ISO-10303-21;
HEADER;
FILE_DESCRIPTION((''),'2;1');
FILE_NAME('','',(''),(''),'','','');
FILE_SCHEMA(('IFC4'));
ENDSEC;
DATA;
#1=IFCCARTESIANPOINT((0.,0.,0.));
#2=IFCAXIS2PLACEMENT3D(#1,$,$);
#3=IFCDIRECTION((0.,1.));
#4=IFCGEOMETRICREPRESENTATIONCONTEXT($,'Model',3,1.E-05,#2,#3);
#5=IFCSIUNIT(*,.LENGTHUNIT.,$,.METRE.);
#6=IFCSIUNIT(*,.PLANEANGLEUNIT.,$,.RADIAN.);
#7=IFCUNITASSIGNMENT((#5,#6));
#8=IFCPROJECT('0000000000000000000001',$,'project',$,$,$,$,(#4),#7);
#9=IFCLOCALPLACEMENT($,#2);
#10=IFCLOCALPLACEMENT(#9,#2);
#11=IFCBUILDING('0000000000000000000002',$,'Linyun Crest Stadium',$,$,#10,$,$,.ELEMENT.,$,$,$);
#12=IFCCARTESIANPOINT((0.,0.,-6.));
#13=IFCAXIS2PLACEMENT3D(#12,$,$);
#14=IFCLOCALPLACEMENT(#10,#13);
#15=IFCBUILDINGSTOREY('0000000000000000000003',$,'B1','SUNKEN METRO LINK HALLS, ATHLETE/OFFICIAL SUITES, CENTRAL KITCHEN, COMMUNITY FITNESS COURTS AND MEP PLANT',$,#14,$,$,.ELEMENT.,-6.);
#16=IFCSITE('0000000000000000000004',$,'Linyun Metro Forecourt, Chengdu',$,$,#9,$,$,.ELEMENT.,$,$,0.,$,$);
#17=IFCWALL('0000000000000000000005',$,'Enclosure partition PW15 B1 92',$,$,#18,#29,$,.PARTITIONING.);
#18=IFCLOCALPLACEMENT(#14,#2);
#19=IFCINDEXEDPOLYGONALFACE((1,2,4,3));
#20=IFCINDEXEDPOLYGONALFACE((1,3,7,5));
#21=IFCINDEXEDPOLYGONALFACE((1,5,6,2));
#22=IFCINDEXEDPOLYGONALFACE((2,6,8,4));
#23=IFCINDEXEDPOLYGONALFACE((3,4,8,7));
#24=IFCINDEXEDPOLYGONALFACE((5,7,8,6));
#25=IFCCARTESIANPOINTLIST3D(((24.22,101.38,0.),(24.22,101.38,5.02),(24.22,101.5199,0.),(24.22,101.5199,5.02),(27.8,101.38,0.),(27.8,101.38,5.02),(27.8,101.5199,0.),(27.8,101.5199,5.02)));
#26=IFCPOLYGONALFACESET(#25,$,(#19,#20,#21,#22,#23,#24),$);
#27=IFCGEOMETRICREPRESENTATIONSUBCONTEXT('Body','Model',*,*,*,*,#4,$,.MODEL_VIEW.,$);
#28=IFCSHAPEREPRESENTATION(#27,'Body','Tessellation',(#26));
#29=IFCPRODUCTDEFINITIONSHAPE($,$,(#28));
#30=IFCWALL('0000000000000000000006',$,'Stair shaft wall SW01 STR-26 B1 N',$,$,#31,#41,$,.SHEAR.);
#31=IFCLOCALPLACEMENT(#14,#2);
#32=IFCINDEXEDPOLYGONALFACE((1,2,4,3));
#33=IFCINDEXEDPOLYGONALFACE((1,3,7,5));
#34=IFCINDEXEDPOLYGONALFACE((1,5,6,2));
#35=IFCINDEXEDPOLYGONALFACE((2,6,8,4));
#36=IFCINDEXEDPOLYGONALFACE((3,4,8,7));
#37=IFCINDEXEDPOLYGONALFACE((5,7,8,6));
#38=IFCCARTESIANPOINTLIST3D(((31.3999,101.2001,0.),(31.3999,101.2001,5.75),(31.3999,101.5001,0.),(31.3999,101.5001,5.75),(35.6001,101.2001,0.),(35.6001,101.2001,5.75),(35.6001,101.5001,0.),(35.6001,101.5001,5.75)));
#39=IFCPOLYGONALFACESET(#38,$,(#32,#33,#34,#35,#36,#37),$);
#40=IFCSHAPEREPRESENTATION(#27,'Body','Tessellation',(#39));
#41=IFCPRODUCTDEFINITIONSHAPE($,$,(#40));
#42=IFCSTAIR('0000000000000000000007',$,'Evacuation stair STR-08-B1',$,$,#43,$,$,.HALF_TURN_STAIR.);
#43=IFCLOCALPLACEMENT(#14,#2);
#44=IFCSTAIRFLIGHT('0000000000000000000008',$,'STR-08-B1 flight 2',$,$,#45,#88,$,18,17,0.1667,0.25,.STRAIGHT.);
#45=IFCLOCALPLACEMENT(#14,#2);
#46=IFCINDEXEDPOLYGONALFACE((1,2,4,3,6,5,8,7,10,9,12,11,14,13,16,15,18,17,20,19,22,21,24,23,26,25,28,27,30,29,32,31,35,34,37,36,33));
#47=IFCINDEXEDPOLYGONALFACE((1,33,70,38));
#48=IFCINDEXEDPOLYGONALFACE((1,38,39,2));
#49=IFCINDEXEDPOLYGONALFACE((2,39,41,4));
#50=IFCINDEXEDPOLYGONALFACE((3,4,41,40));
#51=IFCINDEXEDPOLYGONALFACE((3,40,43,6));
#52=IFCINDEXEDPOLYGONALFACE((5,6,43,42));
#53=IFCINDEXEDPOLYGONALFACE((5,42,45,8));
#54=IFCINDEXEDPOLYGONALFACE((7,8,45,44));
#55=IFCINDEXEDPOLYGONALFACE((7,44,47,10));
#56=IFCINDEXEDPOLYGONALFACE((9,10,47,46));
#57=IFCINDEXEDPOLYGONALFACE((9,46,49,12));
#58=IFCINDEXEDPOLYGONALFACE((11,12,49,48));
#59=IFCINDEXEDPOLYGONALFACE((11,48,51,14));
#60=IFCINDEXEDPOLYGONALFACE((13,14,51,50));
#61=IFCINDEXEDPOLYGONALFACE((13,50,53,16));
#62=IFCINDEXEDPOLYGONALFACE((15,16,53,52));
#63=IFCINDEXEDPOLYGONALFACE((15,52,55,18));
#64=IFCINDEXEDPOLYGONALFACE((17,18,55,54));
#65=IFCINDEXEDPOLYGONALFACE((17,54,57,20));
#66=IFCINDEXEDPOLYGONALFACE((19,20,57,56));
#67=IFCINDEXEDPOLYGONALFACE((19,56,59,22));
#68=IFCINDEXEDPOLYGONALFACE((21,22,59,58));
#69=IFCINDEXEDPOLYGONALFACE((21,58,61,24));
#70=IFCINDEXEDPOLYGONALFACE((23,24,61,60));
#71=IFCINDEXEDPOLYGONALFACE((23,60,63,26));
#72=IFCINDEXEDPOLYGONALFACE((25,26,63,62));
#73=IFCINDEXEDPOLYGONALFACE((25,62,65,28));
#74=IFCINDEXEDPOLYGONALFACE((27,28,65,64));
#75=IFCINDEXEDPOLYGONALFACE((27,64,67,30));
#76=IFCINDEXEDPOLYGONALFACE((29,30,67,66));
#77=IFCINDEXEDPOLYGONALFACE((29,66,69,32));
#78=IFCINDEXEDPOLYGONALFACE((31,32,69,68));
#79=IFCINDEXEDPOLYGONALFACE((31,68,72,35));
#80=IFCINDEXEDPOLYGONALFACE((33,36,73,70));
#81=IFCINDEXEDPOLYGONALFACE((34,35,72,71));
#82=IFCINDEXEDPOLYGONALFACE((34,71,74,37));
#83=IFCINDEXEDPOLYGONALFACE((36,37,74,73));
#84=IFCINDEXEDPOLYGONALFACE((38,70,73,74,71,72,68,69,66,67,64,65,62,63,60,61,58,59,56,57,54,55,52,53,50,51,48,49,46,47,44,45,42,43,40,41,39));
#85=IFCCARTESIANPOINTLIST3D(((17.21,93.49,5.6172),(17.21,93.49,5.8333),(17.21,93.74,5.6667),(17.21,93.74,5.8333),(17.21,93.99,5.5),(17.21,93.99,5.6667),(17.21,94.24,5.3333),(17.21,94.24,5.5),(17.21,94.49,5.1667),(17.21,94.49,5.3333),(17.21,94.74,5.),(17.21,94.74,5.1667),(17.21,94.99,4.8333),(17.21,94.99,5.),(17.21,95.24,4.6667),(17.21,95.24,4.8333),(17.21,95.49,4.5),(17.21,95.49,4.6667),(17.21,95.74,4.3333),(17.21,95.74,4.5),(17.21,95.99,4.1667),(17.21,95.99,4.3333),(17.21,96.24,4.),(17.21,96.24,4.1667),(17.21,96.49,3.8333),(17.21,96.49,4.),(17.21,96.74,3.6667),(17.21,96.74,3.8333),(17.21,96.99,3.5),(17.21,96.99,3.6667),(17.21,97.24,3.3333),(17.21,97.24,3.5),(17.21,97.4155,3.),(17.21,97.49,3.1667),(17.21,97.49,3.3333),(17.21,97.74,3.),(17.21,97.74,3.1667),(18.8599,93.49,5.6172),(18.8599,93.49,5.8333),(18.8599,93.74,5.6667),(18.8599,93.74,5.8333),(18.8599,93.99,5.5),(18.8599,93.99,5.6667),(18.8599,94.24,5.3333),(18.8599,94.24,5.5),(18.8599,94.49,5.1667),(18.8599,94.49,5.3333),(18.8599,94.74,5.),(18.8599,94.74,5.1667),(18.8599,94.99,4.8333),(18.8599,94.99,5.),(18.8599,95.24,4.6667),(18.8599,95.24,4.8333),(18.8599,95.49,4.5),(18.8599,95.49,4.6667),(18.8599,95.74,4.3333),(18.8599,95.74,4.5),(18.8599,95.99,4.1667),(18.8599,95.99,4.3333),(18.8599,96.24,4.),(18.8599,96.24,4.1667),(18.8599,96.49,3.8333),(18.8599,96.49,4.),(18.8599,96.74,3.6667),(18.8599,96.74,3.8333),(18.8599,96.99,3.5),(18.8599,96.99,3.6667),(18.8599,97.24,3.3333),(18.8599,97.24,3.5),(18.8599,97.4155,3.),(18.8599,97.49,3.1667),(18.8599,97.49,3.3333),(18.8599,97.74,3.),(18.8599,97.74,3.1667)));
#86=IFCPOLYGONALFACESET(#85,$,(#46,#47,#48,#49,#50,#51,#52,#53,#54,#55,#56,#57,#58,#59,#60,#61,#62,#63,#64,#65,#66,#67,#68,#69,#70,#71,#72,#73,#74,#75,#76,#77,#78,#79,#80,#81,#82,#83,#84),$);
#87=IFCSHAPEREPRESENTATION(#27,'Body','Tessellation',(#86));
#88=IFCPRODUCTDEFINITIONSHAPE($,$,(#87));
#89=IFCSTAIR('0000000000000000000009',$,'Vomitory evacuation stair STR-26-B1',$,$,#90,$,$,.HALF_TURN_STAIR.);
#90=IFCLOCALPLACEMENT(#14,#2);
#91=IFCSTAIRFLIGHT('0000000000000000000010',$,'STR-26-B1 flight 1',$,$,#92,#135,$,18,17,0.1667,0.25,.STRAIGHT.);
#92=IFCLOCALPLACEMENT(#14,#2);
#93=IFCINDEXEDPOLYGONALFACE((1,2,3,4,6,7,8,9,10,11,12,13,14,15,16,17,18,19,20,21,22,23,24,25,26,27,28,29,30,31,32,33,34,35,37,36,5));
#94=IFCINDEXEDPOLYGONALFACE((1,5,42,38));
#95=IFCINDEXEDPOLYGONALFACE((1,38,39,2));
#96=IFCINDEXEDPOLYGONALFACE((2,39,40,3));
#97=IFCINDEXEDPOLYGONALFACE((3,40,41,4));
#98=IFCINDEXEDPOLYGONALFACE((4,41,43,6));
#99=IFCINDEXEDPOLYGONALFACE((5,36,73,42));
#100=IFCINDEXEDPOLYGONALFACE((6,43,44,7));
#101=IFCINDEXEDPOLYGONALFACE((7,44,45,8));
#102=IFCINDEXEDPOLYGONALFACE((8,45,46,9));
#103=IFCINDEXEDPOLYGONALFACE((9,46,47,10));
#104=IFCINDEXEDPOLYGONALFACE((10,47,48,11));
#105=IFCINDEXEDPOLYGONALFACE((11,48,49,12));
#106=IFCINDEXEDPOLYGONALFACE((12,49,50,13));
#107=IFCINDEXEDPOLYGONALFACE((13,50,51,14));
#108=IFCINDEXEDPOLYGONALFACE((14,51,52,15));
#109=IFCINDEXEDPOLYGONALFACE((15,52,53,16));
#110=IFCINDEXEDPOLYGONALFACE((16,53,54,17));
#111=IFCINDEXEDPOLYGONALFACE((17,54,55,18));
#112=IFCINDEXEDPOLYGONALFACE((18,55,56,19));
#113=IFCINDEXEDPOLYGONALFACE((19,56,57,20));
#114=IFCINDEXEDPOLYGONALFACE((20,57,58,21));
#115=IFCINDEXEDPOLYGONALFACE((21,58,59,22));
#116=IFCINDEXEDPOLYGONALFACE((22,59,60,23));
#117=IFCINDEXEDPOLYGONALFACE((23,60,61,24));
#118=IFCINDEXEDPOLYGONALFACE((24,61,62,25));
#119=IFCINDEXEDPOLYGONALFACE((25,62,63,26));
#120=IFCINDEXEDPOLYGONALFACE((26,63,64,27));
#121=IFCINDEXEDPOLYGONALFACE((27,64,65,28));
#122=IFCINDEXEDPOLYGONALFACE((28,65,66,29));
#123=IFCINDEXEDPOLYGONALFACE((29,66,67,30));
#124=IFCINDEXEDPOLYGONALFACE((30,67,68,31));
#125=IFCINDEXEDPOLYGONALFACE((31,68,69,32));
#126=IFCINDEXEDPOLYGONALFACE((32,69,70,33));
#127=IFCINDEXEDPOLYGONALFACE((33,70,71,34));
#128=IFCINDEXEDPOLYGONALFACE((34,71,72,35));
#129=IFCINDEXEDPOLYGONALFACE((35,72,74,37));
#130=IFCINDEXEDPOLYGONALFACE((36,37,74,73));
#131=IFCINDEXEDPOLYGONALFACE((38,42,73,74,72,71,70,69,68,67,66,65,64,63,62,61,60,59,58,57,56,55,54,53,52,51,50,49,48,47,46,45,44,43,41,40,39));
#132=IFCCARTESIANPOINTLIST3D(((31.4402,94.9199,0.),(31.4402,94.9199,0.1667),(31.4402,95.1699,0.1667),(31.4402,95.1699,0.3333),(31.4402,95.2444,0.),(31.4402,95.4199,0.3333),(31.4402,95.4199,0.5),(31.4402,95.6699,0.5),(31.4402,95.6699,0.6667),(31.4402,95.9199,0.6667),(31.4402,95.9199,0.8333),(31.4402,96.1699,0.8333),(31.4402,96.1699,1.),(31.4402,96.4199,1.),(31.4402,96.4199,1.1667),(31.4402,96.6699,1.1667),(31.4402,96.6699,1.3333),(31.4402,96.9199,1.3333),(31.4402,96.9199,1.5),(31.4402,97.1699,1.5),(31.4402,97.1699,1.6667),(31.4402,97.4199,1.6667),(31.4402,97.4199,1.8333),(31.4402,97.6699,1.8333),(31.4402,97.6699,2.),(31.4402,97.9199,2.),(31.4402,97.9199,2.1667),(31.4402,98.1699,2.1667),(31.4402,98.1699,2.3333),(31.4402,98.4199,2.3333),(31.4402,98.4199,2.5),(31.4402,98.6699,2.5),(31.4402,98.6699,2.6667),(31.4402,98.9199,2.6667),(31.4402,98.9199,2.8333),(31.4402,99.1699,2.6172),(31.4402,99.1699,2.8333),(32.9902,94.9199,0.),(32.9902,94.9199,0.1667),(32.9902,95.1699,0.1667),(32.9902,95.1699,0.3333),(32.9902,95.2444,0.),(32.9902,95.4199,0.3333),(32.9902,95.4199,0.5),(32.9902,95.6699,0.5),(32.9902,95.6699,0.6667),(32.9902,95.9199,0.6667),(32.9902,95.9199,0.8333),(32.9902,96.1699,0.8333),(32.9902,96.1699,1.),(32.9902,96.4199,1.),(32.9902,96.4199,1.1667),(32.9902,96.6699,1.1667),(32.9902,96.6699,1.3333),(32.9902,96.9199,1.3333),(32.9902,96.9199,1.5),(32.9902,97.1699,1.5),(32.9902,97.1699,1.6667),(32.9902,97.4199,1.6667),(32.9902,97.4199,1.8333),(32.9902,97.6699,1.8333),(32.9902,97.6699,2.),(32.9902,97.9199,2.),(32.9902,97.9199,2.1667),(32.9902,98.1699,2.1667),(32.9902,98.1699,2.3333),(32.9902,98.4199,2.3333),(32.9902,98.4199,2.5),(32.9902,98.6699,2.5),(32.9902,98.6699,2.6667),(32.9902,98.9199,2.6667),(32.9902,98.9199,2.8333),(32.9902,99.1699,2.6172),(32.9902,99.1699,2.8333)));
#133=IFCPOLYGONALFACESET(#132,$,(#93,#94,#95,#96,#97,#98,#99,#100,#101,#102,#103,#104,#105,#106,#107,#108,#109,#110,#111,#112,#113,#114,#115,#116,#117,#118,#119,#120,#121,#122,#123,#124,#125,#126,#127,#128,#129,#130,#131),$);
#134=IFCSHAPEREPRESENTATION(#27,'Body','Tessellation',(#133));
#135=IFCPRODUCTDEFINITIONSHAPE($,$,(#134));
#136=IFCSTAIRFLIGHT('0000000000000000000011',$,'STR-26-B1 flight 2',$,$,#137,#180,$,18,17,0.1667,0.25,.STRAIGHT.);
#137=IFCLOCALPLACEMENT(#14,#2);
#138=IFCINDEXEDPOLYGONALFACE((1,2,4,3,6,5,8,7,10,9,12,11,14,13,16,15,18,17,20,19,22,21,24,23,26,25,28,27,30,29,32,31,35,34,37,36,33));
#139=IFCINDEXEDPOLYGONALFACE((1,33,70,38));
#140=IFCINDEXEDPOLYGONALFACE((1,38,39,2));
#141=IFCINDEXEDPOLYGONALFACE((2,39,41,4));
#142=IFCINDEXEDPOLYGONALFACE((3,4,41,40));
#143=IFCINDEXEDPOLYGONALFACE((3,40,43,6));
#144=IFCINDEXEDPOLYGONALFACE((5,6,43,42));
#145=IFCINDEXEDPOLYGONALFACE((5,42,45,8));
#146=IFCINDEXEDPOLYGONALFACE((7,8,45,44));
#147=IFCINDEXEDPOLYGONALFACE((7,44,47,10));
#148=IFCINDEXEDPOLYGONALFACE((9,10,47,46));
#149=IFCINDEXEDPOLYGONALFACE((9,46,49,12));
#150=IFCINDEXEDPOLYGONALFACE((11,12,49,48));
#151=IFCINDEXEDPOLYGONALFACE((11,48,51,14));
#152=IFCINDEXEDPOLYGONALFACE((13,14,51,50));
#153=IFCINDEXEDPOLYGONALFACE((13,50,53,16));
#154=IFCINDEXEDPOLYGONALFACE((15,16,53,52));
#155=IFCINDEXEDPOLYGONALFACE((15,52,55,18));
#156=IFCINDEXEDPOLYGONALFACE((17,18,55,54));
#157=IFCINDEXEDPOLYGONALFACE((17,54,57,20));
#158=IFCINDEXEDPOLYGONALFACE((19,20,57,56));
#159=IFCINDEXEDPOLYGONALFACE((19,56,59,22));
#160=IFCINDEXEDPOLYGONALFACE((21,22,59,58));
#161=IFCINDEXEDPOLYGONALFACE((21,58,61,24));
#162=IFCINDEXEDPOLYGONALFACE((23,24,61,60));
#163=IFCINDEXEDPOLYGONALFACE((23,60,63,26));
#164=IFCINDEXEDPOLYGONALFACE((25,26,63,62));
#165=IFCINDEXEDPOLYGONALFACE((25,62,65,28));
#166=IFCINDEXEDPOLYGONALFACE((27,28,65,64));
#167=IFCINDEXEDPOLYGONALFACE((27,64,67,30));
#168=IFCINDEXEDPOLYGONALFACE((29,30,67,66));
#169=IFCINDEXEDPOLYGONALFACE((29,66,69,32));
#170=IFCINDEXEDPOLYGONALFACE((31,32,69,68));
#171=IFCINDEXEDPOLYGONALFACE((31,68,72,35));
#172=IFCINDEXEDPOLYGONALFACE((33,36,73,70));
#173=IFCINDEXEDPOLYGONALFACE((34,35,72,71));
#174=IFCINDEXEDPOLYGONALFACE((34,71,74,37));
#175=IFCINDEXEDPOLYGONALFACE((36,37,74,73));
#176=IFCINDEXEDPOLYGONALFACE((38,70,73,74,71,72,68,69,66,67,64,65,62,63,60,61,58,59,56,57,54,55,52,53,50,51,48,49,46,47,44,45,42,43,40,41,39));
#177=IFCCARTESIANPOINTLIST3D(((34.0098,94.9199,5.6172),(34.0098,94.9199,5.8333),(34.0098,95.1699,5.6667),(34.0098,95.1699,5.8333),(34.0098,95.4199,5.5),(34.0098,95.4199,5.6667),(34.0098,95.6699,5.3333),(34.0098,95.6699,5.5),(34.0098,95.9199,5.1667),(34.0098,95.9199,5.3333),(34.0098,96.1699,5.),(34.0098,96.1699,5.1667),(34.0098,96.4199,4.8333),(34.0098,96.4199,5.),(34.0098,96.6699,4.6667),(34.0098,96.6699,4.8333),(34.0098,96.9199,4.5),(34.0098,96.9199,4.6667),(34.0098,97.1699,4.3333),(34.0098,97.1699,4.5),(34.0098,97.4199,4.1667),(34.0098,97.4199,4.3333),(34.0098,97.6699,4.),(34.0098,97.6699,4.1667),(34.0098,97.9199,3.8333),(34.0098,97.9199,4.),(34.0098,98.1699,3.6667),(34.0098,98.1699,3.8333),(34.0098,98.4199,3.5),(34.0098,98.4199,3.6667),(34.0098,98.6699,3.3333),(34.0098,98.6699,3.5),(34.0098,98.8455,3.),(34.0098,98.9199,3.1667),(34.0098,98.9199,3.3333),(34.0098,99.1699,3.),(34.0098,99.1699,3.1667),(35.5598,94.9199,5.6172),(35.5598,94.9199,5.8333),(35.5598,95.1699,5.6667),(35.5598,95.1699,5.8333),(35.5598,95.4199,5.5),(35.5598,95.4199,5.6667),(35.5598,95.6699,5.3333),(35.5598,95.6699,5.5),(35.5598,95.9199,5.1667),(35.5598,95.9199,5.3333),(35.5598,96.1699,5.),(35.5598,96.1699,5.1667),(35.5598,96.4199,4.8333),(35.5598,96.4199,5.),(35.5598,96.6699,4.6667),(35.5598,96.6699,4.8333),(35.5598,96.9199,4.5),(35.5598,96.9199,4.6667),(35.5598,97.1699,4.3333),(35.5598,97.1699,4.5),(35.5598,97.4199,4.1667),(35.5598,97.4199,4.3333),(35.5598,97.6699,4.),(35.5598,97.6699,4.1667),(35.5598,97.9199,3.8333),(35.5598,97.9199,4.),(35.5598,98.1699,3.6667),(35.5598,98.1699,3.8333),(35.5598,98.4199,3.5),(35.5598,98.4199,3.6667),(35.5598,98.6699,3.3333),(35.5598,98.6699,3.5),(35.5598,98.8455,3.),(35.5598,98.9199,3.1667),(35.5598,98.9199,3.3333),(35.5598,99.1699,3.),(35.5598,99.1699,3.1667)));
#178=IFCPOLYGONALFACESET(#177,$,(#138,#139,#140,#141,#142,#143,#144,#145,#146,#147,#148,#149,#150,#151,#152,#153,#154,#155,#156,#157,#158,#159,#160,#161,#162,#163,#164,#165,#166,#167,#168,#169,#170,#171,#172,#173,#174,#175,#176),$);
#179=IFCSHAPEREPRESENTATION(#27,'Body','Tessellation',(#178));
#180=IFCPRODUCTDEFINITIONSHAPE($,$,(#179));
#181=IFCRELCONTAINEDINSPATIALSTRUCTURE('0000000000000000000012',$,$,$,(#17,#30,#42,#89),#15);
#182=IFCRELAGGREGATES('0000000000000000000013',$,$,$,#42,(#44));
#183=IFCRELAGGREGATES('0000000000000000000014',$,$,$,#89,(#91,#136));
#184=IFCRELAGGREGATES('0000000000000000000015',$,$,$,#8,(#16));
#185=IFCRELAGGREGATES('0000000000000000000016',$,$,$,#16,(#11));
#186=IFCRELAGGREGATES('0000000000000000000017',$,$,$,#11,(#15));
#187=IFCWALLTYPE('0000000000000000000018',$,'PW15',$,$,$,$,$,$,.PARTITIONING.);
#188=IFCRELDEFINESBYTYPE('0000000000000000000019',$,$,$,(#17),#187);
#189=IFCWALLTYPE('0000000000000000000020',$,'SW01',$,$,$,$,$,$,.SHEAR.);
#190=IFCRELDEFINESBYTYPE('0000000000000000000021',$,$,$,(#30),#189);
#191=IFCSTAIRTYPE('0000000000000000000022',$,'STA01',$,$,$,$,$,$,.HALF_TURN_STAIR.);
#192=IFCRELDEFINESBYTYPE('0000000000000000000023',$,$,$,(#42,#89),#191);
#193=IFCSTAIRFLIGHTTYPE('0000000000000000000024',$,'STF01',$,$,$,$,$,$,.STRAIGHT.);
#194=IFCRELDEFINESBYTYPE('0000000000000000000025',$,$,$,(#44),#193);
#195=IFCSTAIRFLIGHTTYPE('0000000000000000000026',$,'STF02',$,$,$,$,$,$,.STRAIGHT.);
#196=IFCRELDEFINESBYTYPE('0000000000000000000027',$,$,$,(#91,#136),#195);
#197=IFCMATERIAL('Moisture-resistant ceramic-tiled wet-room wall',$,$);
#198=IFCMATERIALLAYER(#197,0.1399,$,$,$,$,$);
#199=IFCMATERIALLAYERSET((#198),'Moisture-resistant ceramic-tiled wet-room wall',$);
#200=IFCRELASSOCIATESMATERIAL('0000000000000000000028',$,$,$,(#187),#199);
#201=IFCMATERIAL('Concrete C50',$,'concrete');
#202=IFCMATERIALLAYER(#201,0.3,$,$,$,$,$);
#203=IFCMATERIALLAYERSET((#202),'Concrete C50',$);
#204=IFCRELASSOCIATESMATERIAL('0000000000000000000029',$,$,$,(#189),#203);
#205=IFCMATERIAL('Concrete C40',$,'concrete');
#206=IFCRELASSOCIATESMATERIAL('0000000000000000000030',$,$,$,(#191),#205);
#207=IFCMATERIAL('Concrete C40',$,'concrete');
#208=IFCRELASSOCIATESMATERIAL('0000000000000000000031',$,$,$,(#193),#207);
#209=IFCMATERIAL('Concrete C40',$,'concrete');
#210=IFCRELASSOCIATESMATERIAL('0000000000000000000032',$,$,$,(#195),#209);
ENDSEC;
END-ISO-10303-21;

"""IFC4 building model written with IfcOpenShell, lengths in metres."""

from ifc_helpers import new_model, si_unit, direction, frame, frame_2d, origin, place, context, subcontext, project, spatial, polyline, rectangle, outline, extrude, material, layer, layer_set, type_object, element, aggregate, save


model = new_model("IFC4")

# Units and contexts
model_context = context("Model", 3, precision=1e-05, world=origin(), true_north=direction((0.0, 1.0)))
body_context = subcontext(model_context, "Body", "Model", "MODEL_VIEW")
ifc_project = project(units=[si_unit("LENGTHUNIT", "METRE"), si_unit("PLANEANGLEUNIT", "RADIAN")], contexts=[model_context])

# Site, building, storey
site_placement = place(None, origin())
site = spatial("IfcSite", under=ifc_project, at=site_placement, Name="Linyun Metro Forecourt, Chengdu", CompositionType="ELEMENT", RefElevation=0.0)
building_placement = place(site_placement, origin())
building = spatial("IfcBuilding", under=site, at=building_placement, Name="Linyun Crest Stadium", CompositionType="ELEMENT")
storey_placement = place(building_placement, frame((0.0, 0.0, -6.0)))
storey = spatial("IfcBuildingStorey", under=building, at=storey_placement, Name="B1", Description="SUNKEN METRO LINK HALLS, ATHLETE/OFFICIAL SUITES, CENTRAL KITCHEN, COMMUNITY FITNESS COURTS AND MEP PLANT", CompositionType="ELEMENT", Elevation=-6.0)

# Shared definitions
ifc_material_1 = material(Name="Moisture-resistant ceramic-tiled wet-room wall")
ifc_layer_1 = layer(ifc_material_1, 0.1399)
ifc_layer_set_1 = layer_set([ifc_layer_1], Name="Moisture-resistant ceramic-tiled wet-room wall")
wall_type_1 = type_object("IfcWallType", Name="PW15", PredefinedType="PARTITIONING", material=ifc_layer_set_1)

# Walls
wall_1_placement = place(storey_placement, frame((24.22, 101.45, 0.0), z_axis=(0.0, 0.0, 1.0), x_axis=(1.0, 0.0, 0.0)))
element("IfcWall", 1, at=wall_1_placement, inside=storey, type_object=wall_type_1, Name="Enclosure partition PW15 B1 92", PredefinedType="PARTITIONING", context=body_context, shape_type="SweptSolid", body=[
    extrude(rectangle(XDim=3.5801, YDim=0.1399, at=frame_2d((1.79, 0.0))), origin(), (0.0, 0.0, 1.0), 5.02),
])
ifc_material_2 = material(Name="Concrete C50", Category="concrete")
ifc_layer_2 = layer(ifc_material_2, 0.3)
ifc_layer_set_2 = layer_set([ifc_layer_2], Name="Concrete C50")
wall_type_2 = type_object("IfcWallType", Name="SW01", PredefinedType="SHEAR", material=ifc_layer_set_2)
wall_2_placement = place(storey_placement, frame((31.3999, 101.3501, 0.0), z_axis=(0.0, 0.0, 1.0), x_axis=(1.0, 0.0, 0.0)))
element("IfcWall", 2, at=wall_2_placement, inside=storey, type_object=wall_type_2, Name="Stair shaft wall SW01 STR-26 B1 N", PredefinedType="SHEAR", context=body_context, shape_type="SweptSolid", body=[
    extrude(rectangle(XDim=4.2002, YDim=0.3, at=frame_2d((2.1001, 0.0))), origin(), (0.0, 0.0, 1.0), 5.75),
])

# Stair, stair flight
ifc_material_3 = material(Name="Concrete C40", Category="concrete")
stair_type = type_object("IfcStairType", Name="STA01", PredefinedType="HALF_TURN_STAIR", material=ifc_material_3)
stair_1_placement = place(storey_placement, origin())
stair_1 = element("IfcStair", 3, at=stair_1_placement, inside=storey, type_object=stair_type, Name="Evacuation stair STR-08-B1", PredefinedType="HALF_TURN_STAIR")
ifc_material_4 = material(Name="Concrete C40", Category="concrete")
stair_flight_type_1 = type_object("IfcStairFlightType", Name="STF01", PredefinedType="STRAIGHT", material=ifc_material_4)
stair_flight_1_placement = place(storey_placement, frame((18.0349, 97.74, 3.0), z_axis=(0.0, 0.0, 1.0), x_axis=(0.0, -1.0, 0.0)))
stair_flight_1 = element("IfcStairFlight", 4, at=stair_flight_1_placement, type_object=stair_flight_type_1, Name="STR-08-B1 flight 2", NumberOfRisers=18, NumberOfTreads=17, PredefinedType="STRAIGHT", RiserHeight=0.1667, TreadLength=0.25, context=body_context, shape_type="SweptSolid", body=[
    extrude(outline(polyline([(0.0, 0.0), (0.0, 0.1667), (0.25, 0.1667), (0.25, 0.3333), (0.5, 0.3333), (0.5, 0.5), (0.75, 0.5), (0.75, 0.6667), (1.0, 0.6667), (1.0, 0.8333), (1.25, 0.8333), (1.25, 1.0), (1.5, 1.0), (1.5, 1.1667), (1.75, 1.1667), (1.75, 1.3333), (2.0, 1.3333), (2.0, 1.5), (2.25, 1.5), (2.25, 1.6667), (2.5, 1.6667), (2.5, 1.8333), (2.75, 1.8333), (2.75, 2.0), (3.0, 2.0), (3.0, 2.1667), (3.25, 2.1667), (3.25, 2.3333), (3.5, 2.3333), (3.5, 2.5), (3.75, 2.5), (3.75, 2.6667), (4.0, 2.6667), (4.0, 2.8333), (4.25, 2.8333), (4.25, 3.0), (4.25, 2.6172), (0.3245, 0.0), (0.0, 0.0)])), frame((0.0, 0.825, 0.0), z_axis=(0.0, -1.0, 0.0), x_axis=(1.0, 0.0, 0.0)), (0.0, 0.0, 1.0), 1.6499),
])
aggregate(stair_1, [stair_flight_1])

# Stair, stair flights
stair_2_placement = place(storey_placement, origin())
stair_2 = element("IfcStair", 5, at=stair_2_placement, inside=storey, type_object=stair_type, Name="Vomitory evacuation stair STR-26-B1", PredefinedType="HALF_TURN_STAIR")
ifc_material_5 = material(Name="Concrete C40", Category="concrete")
stair_flight_type_2 = type_object("IfcStairFlightType", Name="STF02", PredefinedType="STRAIGHT", material=ifc_material_5)
stair_flight_2_placement = place(storey_placement, frame((32.2151, 94.9199, 0.0), z_axis=(0.0, 0.0, 1.0), x_axis=(0.0, 1.0, 0.0)))
stair_flight_2 = element("IfcStairFlight", 6, at=stair_flight_2_placement, type_object=stair_flight_type_2, Name="STR-26-B1 flight 1", NumberOfRisers=18, NumberOfTreads=17, PredefinedType="STRAIGHT", RiserHeight=0.1667, TreadLength=0.25, context=body_context, shape_type="SweptSolid", body=[
    extrude(outline(polyline([(0.0, 0.0), (0.0, 0.1667), (0.25, 0.1667), (0.25, 0.3333), (0.5, 0.3333), (0.5, 0.5), (0.75, 0.5), (0.75, 0.6667), (1.0, 0.6667), (1.0, 0.8333), (1.25, 0.8333), (1.25, 1.0), (1.5, 1.0), (1.5, 1.1667), (1.75, 1.1667), (1.75, 1.3333), (2.0, 1.3333), (2.0, 1.5), (2.25, 1.5), (2.25, 1.6667), (2.5, 1.6667), (2.5, 1.8333), (2.75, 1.8333), (2.75, 2.0), (3.0, 2.0), (3.0, 2.1667), (3.25, 2.1667), (3.25, 2.3333), (3.5, 2.3333), (3.5, 2.5), (3.75, 2.5), (3.75, 2.6667), (4.0, 2.6667), (4.0, 2.8333), (4.25, 2.8333), (4.25, 3.0), (4.25, 2.6172), (0.3245, 0.0), (0.0, 0.0)])), frame((0.0, 0.7749, 0.0), z_axis=(0.0, -1.0, 0.0), x_axis=(1.0, 0.0, 0.0)), (0.0, 0.0, 1.0), 1.55),
])
stair_flight_3_placement = place(storey_placement, frame((34.7849, 99.1699, 3.0), z_axis=(0.0, 0.0, 1.0), x_axis=(0.0, -1.0, 0.0)))
stair_flight_3 = element("IfcStairFlight", 7, at=stair_flight_3_placement, type_object=stair_flight_type_2, Name="STR-26-B1 flight 2", NumberOfRisers=18, NumberOfTreads=17, PredefinedType="STRAIGHT", RiserHeight=0.1667, TreadLength=0.25, context=body_context, shape_type="SweptSolid", body=[
    extrude(outline(polyline([(0.0, 0.0), (0.0, 0.1667), (0.25, 0.1667), (0.25, 0.3333), (0.5, 0.3333), (0.5, 0.5), (0.75, 0.5), (0.75, 0.6667), (1.0, 0.6667), (1.0, 0.8333), (1.25, 0.8333), (1.25, 1.0), (1.5, 1.0), (1.5, 1.1667), (1.75, 1.1667), (1.75, 1.3333), (2.0, 1.3333), (2.0, 1.5), (2.25, 1.5), (2.25, 1.6667), (2.5, 1.6667), (2.5, 1.8333), (2.75, 1.8333), (2.75, 2.0), (3.0, 2.0), (3.0, 2.1667), (3.25, 2.1667), (3.25, 2.3333), (3.5, 2.3333), (3.5, 2.5), (3.75, 2.5), (3.75, 2.6667), (4.0, 2.6667), (4.0, 2.8333), (4.25, 2.8333), (4.25, 3.0), (4.25, 2.6172), (0.3245, 0.0), (0.0, 0.0)])), frame((0.0, 0.7749, 0.0), z_axis=(0.0, -1.0, 0.0), x_axis=(1.0, 0.0, 0.0)), (0.0, 0.0, 1.0), 1.55),
])
aggregate(stair_2, [stair_flight_2, stair_flight_3])

save(model, "model.ifc")
